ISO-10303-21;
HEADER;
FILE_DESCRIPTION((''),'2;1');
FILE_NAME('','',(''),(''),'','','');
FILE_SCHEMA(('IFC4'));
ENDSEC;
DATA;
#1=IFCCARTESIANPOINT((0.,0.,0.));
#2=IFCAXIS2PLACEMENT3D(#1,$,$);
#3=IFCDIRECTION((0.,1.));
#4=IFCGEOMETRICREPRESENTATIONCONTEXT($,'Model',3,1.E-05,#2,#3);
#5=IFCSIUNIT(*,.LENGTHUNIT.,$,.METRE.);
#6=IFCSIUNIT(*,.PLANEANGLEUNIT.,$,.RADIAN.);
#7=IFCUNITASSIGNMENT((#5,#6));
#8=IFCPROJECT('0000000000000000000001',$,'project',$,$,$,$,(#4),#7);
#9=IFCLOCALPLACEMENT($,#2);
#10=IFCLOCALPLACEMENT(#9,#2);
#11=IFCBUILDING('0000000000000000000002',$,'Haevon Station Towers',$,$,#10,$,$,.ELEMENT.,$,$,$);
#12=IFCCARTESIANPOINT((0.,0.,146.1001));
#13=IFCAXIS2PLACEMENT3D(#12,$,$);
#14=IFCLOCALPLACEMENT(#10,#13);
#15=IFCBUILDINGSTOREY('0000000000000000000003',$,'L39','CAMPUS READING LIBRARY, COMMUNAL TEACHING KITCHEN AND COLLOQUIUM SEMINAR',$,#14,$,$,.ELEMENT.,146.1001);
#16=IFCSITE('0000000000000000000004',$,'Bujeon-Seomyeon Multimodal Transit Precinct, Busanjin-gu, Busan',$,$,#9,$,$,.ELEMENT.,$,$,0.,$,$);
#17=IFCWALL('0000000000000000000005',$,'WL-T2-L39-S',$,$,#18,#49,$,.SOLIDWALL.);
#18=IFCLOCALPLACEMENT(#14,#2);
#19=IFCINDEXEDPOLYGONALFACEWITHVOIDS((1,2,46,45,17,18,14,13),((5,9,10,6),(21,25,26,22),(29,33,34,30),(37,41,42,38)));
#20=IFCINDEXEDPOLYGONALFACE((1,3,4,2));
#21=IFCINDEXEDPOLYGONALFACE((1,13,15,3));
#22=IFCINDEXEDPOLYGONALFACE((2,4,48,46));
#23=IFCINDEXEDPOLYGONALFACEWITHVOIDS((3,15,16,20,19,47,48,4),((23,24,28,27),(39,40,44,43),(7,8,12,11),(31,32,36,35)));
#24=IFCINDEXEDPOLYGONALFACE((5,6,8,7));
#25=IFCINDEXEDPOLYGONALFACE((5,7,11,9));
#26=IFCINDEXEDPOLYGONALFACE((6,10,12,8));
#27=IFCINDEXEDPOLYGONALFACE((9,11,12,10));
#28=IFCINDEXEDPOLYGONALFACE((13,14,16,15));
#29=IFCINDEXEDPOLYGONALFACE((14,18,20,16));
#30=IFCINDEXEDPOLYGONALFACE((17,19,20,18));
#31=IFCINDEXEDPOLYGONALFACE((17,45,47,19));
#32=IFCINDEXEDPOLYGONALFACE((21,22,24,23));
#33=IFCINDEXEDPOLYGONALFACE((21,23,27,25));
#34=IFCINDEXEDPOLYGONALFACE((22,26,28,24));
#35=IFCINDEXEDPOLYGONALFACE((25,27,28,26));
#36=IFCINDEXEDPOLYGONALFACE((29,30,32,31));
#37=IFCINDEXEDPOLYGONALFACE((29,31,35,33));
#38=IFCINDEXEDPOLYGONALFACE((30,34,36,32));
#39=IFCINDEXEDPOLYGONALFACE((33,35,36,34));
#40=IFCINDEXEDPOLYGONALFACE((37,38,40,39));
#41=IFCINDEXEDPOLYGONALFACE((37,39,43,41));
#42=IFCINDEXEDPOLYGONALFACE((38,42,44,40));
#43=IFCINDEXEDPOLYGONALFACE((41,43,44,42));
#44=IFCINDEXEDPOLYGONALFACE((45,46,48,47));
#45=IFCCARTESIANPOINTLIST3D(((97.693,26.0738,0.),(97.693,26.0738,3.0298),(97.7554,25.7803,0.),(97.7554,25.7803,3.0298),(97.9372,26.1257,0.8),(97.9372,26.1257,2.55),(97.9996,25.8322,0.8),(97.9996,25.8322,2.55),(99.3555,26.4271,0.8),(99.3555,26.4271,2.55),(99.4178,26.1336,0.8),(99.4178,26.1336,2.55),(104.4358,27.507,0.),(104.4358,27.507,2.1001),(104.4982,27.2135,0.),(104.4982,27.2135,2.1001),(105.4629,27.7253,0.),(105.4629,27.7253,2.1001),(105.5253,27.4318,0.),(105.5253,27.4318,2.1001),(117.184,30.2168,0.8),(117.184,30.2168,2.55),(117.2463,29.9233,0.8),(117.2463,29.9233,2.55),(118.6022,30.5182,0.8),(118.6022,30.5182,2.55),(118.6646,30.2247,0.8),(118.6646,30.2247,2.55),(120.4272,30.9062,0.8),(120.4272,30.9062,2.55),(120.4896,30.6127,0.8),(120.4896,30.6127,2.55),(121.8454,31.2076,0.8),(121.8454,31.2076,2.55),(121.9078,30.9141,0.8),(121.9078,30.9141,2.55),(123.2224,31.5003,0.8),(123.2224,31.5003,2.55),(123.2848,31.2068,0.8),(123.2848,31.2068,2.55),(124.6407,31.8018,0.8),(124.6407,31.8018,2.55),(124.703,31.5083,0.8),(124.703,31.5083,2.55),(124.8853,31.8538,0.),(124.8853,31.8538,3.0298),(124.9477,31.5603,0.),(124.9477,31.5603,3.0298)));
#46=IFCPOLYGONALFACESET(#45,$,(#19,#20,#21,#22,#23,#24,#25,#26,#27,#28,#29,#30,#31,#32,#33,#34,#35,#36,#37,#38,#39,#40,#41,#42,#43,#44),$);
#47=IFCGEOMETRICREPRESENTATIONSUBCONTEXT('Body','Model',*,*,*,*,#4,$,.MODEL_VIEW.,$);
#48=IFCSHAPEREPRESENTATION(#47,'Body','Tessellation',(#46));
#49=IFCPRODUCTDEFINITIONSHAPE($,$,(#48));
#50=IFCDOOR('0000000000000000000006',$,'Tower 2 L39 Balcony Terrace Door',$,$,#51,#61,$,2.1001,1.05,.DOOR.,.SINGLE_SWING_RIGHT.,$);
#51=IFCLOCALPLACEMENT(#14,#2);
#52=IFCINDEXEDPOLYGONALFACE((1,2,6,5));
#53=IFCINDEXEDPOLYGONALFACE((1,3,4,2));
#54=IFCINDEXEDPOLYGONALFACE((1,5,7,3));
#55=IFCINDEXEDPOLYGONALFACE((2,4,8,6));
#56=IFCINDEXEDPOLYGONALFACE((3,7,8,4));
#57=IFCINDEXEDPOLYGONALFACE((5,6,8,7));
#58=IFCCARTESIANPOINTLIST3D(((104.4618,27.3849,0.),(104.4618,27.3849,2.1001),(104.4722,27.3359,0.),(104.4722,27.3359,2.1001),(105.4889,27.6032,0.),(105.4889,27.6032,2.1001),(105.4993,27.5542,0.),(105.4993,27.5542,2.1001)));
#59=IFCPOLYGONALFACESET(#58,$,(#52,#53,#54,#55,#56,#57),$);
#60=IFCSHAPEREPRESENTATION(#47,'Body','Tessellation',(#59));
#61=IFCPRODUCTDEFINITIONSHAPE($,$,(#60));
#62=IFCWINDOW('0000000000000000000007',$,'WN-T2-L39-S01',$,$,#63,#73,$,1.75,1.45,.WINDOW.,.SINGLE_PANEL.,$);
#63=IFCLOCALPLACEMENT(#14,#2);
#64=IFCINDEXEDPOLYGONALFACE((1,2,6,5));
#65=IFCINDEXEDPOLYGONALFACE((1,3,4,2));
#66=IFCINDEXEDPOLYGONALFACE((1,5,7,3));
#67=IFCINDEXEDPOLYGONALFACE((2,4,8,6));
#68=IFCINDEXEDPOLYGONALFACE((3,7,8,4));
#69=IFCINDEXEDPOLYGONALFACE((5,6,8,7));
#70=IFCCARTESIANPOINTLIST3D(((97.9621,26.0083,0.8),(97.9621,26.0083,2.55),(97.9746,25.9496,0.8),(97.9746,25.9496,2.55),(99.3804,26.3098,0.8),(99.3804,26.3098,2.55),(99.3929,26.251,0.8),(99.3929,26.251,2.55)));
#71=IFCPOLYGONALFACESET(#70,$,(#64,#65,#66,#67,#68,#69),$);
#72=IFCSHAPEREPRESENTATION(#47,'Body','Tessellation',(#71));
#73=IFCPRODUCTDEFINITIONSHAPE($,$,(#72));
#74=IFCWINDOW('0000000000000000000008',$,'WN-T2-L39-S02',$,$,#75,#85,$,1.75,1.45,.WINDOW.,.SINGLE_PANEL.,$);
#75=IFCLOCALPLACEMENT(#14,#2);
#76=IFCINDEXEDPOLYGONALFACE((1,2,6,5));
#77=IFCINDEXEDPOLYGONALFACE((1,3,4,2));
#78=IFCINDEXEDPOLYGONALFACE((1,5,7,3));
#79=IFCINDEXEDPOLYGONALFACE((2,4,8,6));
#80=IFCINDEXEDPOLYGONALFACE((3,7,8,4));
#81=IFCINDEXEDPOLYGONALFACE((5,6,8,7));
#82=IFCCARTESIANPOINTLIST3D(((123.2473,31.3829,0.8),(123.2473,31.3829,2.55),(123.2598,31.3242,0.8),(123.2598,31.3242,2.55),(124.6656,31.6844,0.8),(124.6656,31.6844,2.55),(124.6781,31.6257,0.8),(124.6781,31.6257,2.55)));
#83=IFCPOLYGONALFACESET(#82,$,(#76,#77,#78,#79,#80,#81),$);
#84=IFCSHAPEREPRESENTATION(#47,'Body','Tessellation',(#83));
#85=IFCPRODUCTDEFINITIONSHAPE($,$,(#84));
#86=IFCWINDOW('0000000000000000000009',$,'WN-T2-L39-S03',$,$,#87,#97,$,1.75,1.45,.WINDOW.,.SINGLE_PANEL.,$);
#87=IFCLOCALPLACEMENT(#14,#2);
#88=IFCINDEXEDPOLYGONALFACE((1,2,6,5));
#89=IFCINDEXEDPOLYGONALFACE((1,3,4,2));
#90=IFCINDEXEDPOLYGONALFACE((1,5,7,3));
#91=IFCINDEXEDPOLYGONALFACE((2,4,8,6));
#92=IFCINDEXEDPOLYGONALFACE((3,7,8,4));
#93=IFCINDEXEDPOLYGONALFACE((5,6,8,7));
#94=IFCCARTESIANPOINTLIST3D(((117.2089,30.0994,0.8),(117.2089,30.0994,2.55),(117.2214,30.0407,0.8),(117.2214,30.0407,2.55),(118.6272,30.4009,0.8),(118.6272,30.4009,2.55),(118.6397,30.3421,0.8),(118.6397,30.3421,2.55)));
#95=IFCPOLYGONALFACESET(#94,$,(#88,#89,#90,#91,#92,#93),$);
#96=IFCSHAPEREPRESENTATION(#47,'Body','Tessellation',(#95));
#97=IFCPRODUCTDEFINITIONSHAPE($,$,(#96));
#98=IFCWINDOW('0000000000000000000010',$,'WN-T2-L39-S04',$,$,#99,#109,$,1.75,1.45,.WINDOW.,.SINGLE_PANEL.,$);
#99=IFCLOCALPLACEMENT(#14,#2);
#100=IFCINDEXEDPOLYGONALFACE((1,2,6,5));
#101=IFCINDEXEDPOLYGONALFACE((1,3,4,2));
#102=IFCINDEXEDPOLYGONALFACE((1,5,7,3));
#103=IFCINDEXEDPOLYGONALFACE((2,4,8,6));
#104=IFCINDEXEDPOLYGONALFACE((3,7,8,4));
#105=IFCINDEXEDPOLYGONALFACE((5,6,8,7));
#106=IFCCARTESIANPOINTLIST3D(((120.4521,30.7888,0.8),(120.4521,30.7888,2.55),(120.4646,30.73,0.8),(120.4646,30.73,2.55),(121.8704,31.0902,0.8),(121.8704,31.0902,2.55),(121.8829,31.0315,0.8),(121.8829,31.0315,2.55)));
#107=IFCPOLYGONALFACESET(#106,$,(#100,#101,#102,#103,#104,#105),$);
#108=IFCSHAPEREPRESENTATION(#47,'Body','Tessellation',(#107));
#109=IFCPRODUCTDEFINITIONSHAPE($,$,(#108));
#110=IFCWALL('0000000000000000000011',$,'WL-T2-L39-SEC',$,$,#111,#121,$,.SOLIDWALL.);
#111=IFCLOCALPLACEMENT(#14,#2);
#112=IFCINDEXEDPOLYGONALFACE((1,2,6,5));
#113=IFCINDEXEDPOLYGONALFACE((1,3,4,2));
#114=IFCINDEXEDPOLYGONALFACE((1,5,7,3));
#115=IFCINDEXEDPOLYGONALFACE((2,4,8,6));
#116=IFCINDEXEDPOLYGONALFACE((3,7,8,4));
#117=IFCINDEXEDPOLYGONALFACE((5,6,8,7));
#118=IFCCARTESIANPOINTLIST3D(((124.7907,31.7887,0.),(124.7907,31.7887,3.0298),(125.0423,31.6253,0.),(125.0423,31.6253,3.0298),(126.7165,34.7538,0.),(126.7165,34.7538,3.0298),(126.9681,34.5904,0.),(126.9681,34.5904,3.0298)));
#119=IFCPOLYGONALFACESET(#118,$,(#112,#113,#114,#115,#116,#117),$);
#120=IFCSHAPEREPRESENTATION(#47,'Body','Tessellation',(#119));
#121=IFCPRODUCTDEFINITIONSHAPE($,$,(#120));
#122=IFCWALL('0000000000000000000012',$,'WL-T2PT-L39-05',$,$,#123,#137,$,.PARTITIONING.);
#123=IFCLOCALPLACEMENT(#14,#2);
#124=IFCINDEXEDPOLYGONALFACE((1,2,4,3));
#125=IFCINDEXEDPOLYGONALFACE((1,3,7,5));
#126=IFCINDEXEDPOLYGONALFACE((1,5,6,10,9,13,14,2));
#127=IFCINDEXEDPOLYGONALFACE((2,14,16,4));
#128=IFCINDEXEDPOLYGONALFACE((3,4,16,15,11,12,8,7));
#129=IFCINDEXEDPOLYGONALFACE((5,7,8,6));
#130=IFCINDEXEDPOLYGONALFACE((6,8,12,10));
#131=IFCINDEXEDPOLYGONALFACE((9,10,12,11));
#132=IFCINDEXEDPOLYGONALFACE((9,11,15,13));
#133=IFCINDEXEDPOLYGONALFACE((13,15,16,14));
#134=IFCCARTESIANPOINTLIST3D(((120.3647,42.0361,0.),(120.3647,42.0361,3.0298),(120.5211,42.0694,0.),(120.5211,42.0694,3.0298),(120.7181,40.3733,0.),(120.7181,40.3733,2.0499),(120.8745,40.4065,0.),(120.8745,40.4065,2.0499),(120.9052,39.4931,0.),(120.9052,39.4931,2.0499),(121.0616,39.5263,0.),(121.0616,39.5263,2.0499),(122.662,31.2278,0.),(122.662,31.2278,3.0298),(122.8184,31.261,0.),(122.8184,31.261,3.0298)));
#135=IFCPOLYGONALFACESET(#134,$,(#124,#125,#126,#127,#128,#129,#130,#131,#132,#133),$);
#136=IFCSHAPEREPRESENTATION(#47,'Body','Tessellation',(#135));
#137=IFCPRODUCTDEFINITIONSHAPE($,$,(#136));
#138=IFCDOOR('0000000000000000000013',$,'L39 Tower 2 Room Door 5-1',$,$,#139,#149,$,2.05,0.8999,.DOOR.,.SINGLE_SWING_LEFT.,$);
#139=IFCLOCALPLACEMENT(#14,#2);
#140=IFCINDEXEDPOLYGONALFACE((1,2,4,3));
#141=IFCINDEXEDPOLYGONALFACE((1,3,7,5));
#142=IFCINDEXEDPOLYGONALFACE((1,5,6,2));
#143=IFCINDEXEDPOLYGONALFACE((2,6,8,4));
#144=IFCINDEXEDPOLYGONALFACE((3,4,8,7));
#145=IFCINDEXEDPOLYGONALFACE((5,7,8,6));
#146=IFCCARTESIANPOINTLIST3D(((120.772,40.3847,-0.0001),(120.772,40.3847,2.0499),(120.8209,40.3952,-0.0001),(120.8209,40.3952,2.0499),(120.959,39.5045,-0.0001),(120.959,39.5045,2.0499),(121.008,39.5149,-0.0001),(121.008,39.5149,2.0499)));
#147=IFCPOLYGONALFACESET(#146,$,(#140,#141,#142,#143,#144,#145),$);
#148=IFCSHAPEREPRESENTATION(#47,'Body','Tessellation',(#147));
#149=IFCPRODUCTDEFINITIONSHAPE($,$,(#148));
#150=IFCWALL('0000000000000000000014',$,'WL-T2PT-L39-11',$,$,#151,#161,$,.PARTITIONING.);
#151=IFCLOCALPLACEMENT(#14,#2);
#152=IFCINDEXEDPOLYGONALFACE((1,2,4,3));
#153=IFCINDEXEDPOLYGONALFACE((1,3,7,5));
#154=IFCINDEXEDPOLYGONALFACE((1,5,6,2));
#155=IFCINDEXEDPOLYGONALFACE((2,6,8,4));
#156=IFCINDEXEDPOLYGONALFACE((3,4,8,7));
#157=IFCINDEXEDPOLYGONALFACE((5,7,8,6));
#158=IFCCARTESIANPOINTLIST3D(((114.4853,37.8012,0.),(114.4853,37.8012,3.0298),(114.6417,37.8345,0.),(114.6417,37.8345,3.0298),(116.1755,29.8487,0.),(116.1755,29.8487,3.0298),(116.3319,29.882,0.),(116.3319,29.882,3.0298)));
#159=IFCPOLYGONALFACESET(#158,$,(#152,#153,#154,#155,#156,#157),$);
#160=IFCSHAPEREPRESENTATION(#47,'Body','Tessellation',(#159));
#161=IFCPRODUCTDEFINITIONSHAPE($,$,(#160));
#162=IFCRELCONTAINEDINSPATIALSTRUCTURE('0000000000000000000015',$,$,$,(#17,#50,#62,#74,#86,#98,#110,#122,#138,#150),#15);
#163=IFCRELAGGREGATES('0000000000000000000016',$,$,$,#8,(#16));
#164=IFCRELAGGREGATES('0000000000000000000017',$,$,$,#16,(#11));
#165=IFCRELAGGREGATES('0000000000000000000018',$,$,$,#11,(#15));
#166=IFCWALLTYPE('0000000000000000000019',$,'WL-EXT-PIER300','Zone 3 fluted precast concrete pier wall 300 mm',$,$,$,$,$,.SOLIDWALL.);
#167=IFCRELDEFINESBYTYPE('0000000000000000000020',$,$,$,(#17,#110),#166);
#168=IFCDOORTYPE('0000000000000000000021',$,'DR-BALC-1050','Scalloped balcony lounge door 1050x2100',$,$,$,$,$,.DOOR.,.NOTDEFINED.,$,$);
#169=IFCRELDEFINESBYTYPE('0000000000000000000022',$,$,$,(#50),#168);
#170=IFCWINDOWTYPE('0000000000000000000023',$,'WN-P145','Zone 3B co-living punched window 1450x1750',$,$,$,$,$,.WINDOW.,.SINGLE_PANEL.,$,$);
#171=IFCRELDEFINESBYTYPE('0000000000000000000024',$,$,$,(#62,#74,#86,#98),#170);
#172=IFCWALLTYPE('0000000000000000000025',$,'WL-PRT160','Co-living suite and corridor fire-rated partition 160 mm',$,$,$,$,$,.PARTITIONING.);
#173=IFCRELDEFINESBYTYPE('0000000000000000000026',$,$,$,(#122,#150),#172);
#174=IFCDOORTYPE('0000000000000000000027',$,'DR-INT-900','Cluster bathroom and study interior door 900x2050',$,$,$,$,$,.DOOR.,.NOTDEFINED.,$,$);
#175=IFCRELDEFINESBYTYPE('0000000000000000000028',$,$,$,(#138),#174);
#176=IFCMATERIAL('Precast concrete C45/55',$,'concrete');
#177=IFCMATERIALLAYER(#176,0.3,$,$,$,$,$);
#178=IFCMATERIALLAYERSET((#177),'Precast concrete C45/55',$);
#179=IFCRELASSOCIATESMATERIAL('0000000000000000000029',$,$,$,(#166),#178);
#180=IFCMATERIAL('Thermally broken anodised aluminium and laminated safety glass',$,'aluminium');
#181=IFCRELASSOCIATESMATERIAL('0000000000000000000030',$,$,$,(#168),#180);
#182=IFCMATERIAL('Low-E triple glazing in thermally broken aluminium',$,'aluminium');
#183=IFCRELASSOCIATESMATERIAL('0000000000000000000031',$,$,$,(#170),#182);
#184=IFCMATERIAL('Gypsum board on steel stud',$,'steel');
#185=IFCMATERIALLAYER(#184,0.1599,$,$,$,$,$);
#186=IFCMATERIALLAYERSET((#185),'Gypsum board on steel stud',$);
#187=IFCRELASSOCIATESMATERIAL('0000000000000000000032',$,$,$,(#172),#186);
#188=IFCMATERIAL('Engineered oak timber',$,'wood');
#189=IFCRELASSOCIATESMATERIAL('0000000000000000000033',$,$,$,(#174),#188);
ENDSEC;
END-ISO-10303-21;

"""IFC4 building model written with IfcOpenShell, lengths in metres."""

from ifc_helpers import new_model, si_unit, direction, frame, frame_2d, origin, place, context, subcontext, project, spatial, rectangle, extrude, material, layer, layer_set, type_object, element, fill, save


model = new_model("IFC4")

# Units and contexts
model_context = context("Model", 3, precision=1e-05, world=origin(), true_north=direction((0.0, 1.0)))
body_context = subcontext(model_context, "Body", "Model", "MODEL_VIEW")
ifc_project = project(units=[si_unit("LENGTHUNIT", "METRE"), si_unit("PLANEANGLEUNIT", "RADIAN")], contexts=[model_context])

# Site, building, storey
site_placement = place(None, origin())
site = spatial("IfcSite", under=ifc_project, at=site_placement, Name="Bujeon-Seomyeon Multimodal Transit Precinct, Busanjin-gu, Busan", CompositionType="ELEMENT", RefElevation=0.0)
building_placement = place(site_placement, origin())
building = spatial("IfcBuilding", under=site, at=building_placement, Name="Haevon Station Towers", CompositionType="ELEMENT")
storey_placement = place(building_placement, frame((0.0, 0.0, 146.1001)))
storey = spatial("IfcBuildingStorey", under=building, at=storey_placement, Name="L39", Description="CAMPUS READING LIBRARY, COMMUNAL TEACHING KITCHEN AND COLLOQUIUM SEMINAR", CompositionType="ELEMENT", Elevation=146.1001)

# Shared definitions
ifc_material_1 = material(Name="Gypsum board on steel stud", Category="steel")

# Wall, openings, door, windows
ifc_material_2 = material(Name="Precast concrete C45/55", Category="concrete")
ifc_layer_1 = layer(ifc_material_2, 0.3)
ifc_layer_set_1 = layer_set([ifc_layer_1], Name="Precast concrete C45/55")
wall_type_1 = type_object("IfcWallType", Name="WL-EXT-PIER300", Description="Zone 3 fluted precast concrete pier wall 300 mm", PredefinedType="SOLIDWALL", material=ifc_layer_set_1)
wall_1_placement = place(storey_placement, frame((124.9165, 31.707, 0.0), z_axis=(0.0, 0.0, 1.0), x_axis=(-0.978147, -0.207915, 0.0)))
wall_1 = element("IfcWall", 1, at=wall_1_placement, inside=storey, type_object=wall_type_1, Name="WL-T2-L39-S", PredefinedType="SOLIDWALL", context=body_context, shape_type="SweptSolid", body=[
    extrude(rectangle(XDim=27.7998, YDim=0.3, at=frame_2d((13.8999, 0.0))), origin(), (0.0, 0.0, 1.0), 3.0298),
])
opening_1_placement = place(wall_1_placement, frame((19.8564, 0.0, 0.0)))
opening_1 = element("IfcOpeningElement", 2, at=opening_1_placement, cuts=wall_1, PredefinedType="OPENING", context=body_context, shape_type="SweptSolid", body=[
    extrude(rectangle(XDim=1.05, YDim=2.1001, at=frame_2d((0.5249, 1.05))), frame((0.0, 0.1599, 0.0), z_axis=(0.0, -1.0, 0.0), x_axis=(1.0, 0.0, 0.0)), (0.0, 0.0, 1.0), 0.3201),
])
opening_2_placement = place(wall_1_placement, frame((26.1001, 0.0, 0.8)))
opening_2 = element("IfcOpeningElement", 3, at=opening_2_placement, cuts=wall_1, PredefinedType="OPENING", context=body_context, shape_type="SweptSolid", body=[
    extrude(rectangle(XDim=1.45, YDim=1.75, at=frame_2d((0.7251, 0.875))), frame((0.0, 0.1599, 0.0), z_axis=(0.0, -1.0, 0.0), x_axis=(1.0, 0.0, 0.0)), (0.0, 0.0, 1.0), 0.3201),
])
opening_3_placement = place(wall_1_placement, frame((0.25, 0.0, 0.8)))
opening_3 = element("IfcOpeningElement", 4, at=opening_3_placement, cuts=wall_1, PredefinedType="OPENING", context=body_context, shape_type="SweptSolid", body=[
    extrude(rectangle(XDim=1.45, YDim=1.75, at=frame_2d((0.7251, 0.875))), frame((0.0, 0.1599, 0.0), z_axis=(0.0, -1.0, 0.0), x_axis=(1.0, 0.0, 0.0)), (0.0, 0.0, 1.0), 0.3201),
])
opening_4_placement = place(wall_1_placement, frame((6.4233, 0.0, 0.8)))
opening_4 = element("IfcOpeningElement", 5, at=opening_4_placement, cuts=wall_1, PredefinedType="OPENING", context=body_context, shape_type="SweptSolid", body=[
    extrude(rectangle(XDim=1.45, YDim=1.75, at=frame_2d((0.7251, 0.875))), frame((0.0, 0.1599, 0.0), z_axis=(0.0, -1.0, 0.0), x_axis=(1.0, 0.0, 0.0)), (0.0, 0.0, 1.0), 0.3201),
])
opening_5_placement = place(wall_1_placement, frame((3.1077, 0.0, 0.8)))
opening_5 = element("IfcOpeningElement", 6, at=opening_5_placement, cuts=wall_1, PredefinedType="OPENING", context=body_context, shape_type="SweptSolid", body=[
    extrude(rectangle(XDim=1.45, YDim=1.75, at=frame_2d((0.7251, 0.875))), frame((0.0, 0.1599, 0.0), z_axis=(0.0, -1.0, 0.0), x_axis=(1.0, 0.0, 0.0)), (0.0, 0.0, 1.0), 0.3201),
])
ifc_material_3 = material(Name="Thermally broken anodised aluminium and laminated safety glass", Category="aluminium")
door_type_1 = type_object("IfcDoorType", Name="DR-BALC-1050", Description="Scalloped balcony lounge door 1050x2100", OperationType="NOTDEFINED", PredefinedType="DOOR", material=ifc_material_3)
door_1_placement = place(opening_1_placement, origin())
door_1 = element("IfcDoor", 7, at=door_1_placement, inside=storey, type_object=door_type_1, Name="Tower 2 L39 Balcony Terrace Door", OperationType="SINGLE_SWING_RIGHT", OverallHeight=2.1001, OverallWidth=1.05, PredefinedType="DOOR", context=body_context, shape_type="SweptSolid", body=[
    extrude(rectangle(XDim=1.05, YDim=2.1001, at=frame_2d((0.5249, 1.05))), frame((0.0, 0.0249, 0.0), z_axis=(0.0, -1.0, 0.0), x_axis=(1.0, 0.0, 0.0)), (0.0, 0.0, 1.0), 0.05),
])
fill(opening_1, door_1)
ifc_material_4 = material(Name="Low-E triple glazing in thermally broken aluminium", Category="aluminium")
window_type = type_object("IfcWindowType", Name="WN-P145", Description="Zone 3B co-living punched window 1450x1750", PartitioningType="SINGLE_PANEL", PredefinedType="WINDOW", material=ifc_material_4)
window_1_placement = place(opening_2_placement, origin())
window_1 = element("IfcWindow", 8, at=window_1_placement, inside=storey, type_object=window_type, Name="WN-T2-L39-S01", OverallHeight=1.75, OverallWidth=1.45, PartitioningType="SINGLE_PANEL", PredefinedType="WINDOW", context=body_context, shape_type="SweptSolid", body=[
    extrude(rectangle(XDim=1.45, YDim=1.75, at=frame_2d((0.7251, 0.875))), frame((0.0, 0.03, 0.0), z_axis=(0.0, -1.0, 0.0), x_axis=(1.0, 0.0, 0.0)), (0.0, 0.0, 1.0), 0.0601),
])
fill(opening_2, window_1)
window_2_placement = place(opening_3_placement, origin())
window_2 = element("IfcWindow", 9, at=window_2_placement, inside=storey, type_object=window_type, Name="WN-T2-L39-S02", OverallHeight=1.75, OverallWidth=1.45, PartitioningType="SINGLE_PANEL", PredefinedType="WINDOW", context=body_context, shape_type="SweptSolid", body=[
    extrude(rectangle(XDim=1.45, YDim=1.75, at=frame_2d((0.7251, 0.875))), frame((0.0, 0.03, 0.0), z_axis=(0.0, -1.0, 0.0), x_axis=(1.0, 0.0, 0.0)), (0.0, 0.0, 1.0), 0.0601),
])
fill(opening_3, window_2)
window_3_placement = place(opening_4_placement, origin())
window_3 = element("IfcWindow", 10, at=window_3_placement, inside=storey, type_object=window_type, Name="WN-T2-L39-S03", OverallHeight=1.75, OverallWidth=1.45, PartitioningType="SINGLE_PANEL", PredefinedType="WINDOW", context=body_context, shape_type="SweptSolid", body=[
    extrude(rectangle(XDim=1.45, YDim=1.75, at=frame_2d((0.7251, 0.875))), frame((0.0, 0.03, 0.0), z_axis=(0.0, -1.0, 0.0), x_axis=(1.0, 0.0, 0.0)), (0.0, 0.0, 1.0), 0.0601),
])
fill(opening_4, window_3)
window_4_placement = place(opening_5_placement, origin())
window_4 = element("IfcWindow", 11, at=window_4_placement, inside=storey, type_object=window_type, Name="WN-T2-L39-S04", OverallHeight=1.75, OverallWidth=1.45, PartitioningType="SINGLE_PANEL", PredefinedType="WINDOW", context=body_context, shape_type="SweptSolid", body=[
    extrude(rectangle(XDim=1.45, YDim=1.75, at=frame_2d((0.7251, 0.875))), frame((0.0, 0.03, 0.0), z_axis=(0.0, -1.0, 0.0), x_axis=(1.0, 0.0, 0.0)), (0.0, 0.0, 1.0), 0.0601),
])
fill(opening_5, window_4)

# Wall
wall_2_placement = place(storey_placement, frame((126.8423, 34.6721, 0.0), z_axis=(0.0, 0.0, 1.0), x_axis=(-0.544685, -0.838641, 0.0)))
element("IfcWall", 12, at=wall_2_placement, inside=storey, type_object=wall_type_1, Name="WL-T2-L39-SEC", PredefinedType="SOLIDWALL", context=body_context, shape_type="SweptSolid", body=[
    extrude(rectangle(XDim=3.5356, YDim=0.3, at=frame_2d((1.7678, 0.0))), origin(), (0.0, 0.0, 1.0), 3.0298),
])

# Wall, opening, door
ifc_layer_2 = layer(ifc_material_1, 0.1599)
ifc_layer_set_2 = layer_set([ifc_layer_2], Name="Gypsum board on steel stud")
wall_type_2 = type_object("IfcWallType", Name="WL-PRT160", Description="Co-living suite and corridor fire-rated partition 160 mm", PredefinedType="PARTITIONING", material=ifc_layer_set_2)
wall_3_placement = place(storey_placement, frame((122.7402, 31.2444, 0.0), z_axis=(0.0, 0.0, 1.0), x_axis=(-0.20791, 0.978148, 0.0)))
wall_3 = element("IfcWall", 13, at=wall_3_placement, inside=storey, type_object=wall_type_2, Name="WL-T2PT-L39-05", PredefinedType="PARTITIONING", context=body_context, shape_type="SweptSolid", body=[
    extrude(rectangle(XDim=11.0498, YDim=0.1599, at=frame_2d((5.5249, 0.0))), origin(), (0.0, 0.0, 1.0), 3.0298),
])
opening_6_placement = place(wall_3_placement, frame((8.45, 0.0, 0.0)))
opening_6 = element("IfcOpeningElement", 14, at=opening_6_placement, cuts=wall_3, PredefinedType="OPENING", context=body_context, shape_type="SweptSolid", body=[
    extrude(rectangle(XDim=0.8999, YDim=2.05, at=frame_2d((0.45, 1.0249))), frame((0.0, 0.0898, 0.0), z_axis=(0.0, -1.0, 0.0), x_axis=(1.0, 0.0, 0.0)), (0.0, 0.0, 1.0), 0.1799),
])
ifc_material_5 = material(Name="Engineered oak timber", Category="wood")
door_type_2 = type_object("IfcDoorType", Name="DR-INT-900", Description="Cluster bathroom and study interior door 900x2050", OperationType="NOTDEFINED", PredefinedType="DOOR", material=ifc_material_5)
door_2_placement = place(opening_6_placement, origin())
door_2 = element("IfcDoor", 15, at=door_2_placement, inside=storey, type_object=door_type_2, Name="L39 Tower 2 Room Door 5-1", OperationType="SINGLE_SWING_LEFT", OverallHeight=2.05, OverallWidth=0.8999, PredefinedType="DOOR", context=body_context, shape_type="SweptSolid", body=[
    extrude(rectangle(XDim=0.8999, YDim=2.05, at=frame_2d((0.45, 1.0249))), frame((0.0, 0.0249, 0.0), z_axis=(0.0, -1.0, 0.0), x_axis=(1.0, 0.0, 0.0)), (0.0, 0.0, 1.0), 0.05),
])
fill(opening_6, door_2)

# Wall
wall_4_placement = place(storey_placement, frame((116.2537, 29.8655, 0.0), z_axis=(0.0, 0.0, 1.0), x_axis=(-0.207894, 0.978151, 0.0)))
element("IfcWall", 16, at=wall_4_placement, inside=storey, type_object=wall_type_2, Name="WL-T2PT-L39-11", PredefinedType="PARTITIONING", context=body_context, shape_type="SweptSolid", body=[
    extrude(rectangle(XDim=8.1301, YDim=0.1599, at=frame_2d((4.0649, 0.0))), origin(), (0.0, 0.0, 1.0), 3.0298),
])

save(model, "model.ifc")
